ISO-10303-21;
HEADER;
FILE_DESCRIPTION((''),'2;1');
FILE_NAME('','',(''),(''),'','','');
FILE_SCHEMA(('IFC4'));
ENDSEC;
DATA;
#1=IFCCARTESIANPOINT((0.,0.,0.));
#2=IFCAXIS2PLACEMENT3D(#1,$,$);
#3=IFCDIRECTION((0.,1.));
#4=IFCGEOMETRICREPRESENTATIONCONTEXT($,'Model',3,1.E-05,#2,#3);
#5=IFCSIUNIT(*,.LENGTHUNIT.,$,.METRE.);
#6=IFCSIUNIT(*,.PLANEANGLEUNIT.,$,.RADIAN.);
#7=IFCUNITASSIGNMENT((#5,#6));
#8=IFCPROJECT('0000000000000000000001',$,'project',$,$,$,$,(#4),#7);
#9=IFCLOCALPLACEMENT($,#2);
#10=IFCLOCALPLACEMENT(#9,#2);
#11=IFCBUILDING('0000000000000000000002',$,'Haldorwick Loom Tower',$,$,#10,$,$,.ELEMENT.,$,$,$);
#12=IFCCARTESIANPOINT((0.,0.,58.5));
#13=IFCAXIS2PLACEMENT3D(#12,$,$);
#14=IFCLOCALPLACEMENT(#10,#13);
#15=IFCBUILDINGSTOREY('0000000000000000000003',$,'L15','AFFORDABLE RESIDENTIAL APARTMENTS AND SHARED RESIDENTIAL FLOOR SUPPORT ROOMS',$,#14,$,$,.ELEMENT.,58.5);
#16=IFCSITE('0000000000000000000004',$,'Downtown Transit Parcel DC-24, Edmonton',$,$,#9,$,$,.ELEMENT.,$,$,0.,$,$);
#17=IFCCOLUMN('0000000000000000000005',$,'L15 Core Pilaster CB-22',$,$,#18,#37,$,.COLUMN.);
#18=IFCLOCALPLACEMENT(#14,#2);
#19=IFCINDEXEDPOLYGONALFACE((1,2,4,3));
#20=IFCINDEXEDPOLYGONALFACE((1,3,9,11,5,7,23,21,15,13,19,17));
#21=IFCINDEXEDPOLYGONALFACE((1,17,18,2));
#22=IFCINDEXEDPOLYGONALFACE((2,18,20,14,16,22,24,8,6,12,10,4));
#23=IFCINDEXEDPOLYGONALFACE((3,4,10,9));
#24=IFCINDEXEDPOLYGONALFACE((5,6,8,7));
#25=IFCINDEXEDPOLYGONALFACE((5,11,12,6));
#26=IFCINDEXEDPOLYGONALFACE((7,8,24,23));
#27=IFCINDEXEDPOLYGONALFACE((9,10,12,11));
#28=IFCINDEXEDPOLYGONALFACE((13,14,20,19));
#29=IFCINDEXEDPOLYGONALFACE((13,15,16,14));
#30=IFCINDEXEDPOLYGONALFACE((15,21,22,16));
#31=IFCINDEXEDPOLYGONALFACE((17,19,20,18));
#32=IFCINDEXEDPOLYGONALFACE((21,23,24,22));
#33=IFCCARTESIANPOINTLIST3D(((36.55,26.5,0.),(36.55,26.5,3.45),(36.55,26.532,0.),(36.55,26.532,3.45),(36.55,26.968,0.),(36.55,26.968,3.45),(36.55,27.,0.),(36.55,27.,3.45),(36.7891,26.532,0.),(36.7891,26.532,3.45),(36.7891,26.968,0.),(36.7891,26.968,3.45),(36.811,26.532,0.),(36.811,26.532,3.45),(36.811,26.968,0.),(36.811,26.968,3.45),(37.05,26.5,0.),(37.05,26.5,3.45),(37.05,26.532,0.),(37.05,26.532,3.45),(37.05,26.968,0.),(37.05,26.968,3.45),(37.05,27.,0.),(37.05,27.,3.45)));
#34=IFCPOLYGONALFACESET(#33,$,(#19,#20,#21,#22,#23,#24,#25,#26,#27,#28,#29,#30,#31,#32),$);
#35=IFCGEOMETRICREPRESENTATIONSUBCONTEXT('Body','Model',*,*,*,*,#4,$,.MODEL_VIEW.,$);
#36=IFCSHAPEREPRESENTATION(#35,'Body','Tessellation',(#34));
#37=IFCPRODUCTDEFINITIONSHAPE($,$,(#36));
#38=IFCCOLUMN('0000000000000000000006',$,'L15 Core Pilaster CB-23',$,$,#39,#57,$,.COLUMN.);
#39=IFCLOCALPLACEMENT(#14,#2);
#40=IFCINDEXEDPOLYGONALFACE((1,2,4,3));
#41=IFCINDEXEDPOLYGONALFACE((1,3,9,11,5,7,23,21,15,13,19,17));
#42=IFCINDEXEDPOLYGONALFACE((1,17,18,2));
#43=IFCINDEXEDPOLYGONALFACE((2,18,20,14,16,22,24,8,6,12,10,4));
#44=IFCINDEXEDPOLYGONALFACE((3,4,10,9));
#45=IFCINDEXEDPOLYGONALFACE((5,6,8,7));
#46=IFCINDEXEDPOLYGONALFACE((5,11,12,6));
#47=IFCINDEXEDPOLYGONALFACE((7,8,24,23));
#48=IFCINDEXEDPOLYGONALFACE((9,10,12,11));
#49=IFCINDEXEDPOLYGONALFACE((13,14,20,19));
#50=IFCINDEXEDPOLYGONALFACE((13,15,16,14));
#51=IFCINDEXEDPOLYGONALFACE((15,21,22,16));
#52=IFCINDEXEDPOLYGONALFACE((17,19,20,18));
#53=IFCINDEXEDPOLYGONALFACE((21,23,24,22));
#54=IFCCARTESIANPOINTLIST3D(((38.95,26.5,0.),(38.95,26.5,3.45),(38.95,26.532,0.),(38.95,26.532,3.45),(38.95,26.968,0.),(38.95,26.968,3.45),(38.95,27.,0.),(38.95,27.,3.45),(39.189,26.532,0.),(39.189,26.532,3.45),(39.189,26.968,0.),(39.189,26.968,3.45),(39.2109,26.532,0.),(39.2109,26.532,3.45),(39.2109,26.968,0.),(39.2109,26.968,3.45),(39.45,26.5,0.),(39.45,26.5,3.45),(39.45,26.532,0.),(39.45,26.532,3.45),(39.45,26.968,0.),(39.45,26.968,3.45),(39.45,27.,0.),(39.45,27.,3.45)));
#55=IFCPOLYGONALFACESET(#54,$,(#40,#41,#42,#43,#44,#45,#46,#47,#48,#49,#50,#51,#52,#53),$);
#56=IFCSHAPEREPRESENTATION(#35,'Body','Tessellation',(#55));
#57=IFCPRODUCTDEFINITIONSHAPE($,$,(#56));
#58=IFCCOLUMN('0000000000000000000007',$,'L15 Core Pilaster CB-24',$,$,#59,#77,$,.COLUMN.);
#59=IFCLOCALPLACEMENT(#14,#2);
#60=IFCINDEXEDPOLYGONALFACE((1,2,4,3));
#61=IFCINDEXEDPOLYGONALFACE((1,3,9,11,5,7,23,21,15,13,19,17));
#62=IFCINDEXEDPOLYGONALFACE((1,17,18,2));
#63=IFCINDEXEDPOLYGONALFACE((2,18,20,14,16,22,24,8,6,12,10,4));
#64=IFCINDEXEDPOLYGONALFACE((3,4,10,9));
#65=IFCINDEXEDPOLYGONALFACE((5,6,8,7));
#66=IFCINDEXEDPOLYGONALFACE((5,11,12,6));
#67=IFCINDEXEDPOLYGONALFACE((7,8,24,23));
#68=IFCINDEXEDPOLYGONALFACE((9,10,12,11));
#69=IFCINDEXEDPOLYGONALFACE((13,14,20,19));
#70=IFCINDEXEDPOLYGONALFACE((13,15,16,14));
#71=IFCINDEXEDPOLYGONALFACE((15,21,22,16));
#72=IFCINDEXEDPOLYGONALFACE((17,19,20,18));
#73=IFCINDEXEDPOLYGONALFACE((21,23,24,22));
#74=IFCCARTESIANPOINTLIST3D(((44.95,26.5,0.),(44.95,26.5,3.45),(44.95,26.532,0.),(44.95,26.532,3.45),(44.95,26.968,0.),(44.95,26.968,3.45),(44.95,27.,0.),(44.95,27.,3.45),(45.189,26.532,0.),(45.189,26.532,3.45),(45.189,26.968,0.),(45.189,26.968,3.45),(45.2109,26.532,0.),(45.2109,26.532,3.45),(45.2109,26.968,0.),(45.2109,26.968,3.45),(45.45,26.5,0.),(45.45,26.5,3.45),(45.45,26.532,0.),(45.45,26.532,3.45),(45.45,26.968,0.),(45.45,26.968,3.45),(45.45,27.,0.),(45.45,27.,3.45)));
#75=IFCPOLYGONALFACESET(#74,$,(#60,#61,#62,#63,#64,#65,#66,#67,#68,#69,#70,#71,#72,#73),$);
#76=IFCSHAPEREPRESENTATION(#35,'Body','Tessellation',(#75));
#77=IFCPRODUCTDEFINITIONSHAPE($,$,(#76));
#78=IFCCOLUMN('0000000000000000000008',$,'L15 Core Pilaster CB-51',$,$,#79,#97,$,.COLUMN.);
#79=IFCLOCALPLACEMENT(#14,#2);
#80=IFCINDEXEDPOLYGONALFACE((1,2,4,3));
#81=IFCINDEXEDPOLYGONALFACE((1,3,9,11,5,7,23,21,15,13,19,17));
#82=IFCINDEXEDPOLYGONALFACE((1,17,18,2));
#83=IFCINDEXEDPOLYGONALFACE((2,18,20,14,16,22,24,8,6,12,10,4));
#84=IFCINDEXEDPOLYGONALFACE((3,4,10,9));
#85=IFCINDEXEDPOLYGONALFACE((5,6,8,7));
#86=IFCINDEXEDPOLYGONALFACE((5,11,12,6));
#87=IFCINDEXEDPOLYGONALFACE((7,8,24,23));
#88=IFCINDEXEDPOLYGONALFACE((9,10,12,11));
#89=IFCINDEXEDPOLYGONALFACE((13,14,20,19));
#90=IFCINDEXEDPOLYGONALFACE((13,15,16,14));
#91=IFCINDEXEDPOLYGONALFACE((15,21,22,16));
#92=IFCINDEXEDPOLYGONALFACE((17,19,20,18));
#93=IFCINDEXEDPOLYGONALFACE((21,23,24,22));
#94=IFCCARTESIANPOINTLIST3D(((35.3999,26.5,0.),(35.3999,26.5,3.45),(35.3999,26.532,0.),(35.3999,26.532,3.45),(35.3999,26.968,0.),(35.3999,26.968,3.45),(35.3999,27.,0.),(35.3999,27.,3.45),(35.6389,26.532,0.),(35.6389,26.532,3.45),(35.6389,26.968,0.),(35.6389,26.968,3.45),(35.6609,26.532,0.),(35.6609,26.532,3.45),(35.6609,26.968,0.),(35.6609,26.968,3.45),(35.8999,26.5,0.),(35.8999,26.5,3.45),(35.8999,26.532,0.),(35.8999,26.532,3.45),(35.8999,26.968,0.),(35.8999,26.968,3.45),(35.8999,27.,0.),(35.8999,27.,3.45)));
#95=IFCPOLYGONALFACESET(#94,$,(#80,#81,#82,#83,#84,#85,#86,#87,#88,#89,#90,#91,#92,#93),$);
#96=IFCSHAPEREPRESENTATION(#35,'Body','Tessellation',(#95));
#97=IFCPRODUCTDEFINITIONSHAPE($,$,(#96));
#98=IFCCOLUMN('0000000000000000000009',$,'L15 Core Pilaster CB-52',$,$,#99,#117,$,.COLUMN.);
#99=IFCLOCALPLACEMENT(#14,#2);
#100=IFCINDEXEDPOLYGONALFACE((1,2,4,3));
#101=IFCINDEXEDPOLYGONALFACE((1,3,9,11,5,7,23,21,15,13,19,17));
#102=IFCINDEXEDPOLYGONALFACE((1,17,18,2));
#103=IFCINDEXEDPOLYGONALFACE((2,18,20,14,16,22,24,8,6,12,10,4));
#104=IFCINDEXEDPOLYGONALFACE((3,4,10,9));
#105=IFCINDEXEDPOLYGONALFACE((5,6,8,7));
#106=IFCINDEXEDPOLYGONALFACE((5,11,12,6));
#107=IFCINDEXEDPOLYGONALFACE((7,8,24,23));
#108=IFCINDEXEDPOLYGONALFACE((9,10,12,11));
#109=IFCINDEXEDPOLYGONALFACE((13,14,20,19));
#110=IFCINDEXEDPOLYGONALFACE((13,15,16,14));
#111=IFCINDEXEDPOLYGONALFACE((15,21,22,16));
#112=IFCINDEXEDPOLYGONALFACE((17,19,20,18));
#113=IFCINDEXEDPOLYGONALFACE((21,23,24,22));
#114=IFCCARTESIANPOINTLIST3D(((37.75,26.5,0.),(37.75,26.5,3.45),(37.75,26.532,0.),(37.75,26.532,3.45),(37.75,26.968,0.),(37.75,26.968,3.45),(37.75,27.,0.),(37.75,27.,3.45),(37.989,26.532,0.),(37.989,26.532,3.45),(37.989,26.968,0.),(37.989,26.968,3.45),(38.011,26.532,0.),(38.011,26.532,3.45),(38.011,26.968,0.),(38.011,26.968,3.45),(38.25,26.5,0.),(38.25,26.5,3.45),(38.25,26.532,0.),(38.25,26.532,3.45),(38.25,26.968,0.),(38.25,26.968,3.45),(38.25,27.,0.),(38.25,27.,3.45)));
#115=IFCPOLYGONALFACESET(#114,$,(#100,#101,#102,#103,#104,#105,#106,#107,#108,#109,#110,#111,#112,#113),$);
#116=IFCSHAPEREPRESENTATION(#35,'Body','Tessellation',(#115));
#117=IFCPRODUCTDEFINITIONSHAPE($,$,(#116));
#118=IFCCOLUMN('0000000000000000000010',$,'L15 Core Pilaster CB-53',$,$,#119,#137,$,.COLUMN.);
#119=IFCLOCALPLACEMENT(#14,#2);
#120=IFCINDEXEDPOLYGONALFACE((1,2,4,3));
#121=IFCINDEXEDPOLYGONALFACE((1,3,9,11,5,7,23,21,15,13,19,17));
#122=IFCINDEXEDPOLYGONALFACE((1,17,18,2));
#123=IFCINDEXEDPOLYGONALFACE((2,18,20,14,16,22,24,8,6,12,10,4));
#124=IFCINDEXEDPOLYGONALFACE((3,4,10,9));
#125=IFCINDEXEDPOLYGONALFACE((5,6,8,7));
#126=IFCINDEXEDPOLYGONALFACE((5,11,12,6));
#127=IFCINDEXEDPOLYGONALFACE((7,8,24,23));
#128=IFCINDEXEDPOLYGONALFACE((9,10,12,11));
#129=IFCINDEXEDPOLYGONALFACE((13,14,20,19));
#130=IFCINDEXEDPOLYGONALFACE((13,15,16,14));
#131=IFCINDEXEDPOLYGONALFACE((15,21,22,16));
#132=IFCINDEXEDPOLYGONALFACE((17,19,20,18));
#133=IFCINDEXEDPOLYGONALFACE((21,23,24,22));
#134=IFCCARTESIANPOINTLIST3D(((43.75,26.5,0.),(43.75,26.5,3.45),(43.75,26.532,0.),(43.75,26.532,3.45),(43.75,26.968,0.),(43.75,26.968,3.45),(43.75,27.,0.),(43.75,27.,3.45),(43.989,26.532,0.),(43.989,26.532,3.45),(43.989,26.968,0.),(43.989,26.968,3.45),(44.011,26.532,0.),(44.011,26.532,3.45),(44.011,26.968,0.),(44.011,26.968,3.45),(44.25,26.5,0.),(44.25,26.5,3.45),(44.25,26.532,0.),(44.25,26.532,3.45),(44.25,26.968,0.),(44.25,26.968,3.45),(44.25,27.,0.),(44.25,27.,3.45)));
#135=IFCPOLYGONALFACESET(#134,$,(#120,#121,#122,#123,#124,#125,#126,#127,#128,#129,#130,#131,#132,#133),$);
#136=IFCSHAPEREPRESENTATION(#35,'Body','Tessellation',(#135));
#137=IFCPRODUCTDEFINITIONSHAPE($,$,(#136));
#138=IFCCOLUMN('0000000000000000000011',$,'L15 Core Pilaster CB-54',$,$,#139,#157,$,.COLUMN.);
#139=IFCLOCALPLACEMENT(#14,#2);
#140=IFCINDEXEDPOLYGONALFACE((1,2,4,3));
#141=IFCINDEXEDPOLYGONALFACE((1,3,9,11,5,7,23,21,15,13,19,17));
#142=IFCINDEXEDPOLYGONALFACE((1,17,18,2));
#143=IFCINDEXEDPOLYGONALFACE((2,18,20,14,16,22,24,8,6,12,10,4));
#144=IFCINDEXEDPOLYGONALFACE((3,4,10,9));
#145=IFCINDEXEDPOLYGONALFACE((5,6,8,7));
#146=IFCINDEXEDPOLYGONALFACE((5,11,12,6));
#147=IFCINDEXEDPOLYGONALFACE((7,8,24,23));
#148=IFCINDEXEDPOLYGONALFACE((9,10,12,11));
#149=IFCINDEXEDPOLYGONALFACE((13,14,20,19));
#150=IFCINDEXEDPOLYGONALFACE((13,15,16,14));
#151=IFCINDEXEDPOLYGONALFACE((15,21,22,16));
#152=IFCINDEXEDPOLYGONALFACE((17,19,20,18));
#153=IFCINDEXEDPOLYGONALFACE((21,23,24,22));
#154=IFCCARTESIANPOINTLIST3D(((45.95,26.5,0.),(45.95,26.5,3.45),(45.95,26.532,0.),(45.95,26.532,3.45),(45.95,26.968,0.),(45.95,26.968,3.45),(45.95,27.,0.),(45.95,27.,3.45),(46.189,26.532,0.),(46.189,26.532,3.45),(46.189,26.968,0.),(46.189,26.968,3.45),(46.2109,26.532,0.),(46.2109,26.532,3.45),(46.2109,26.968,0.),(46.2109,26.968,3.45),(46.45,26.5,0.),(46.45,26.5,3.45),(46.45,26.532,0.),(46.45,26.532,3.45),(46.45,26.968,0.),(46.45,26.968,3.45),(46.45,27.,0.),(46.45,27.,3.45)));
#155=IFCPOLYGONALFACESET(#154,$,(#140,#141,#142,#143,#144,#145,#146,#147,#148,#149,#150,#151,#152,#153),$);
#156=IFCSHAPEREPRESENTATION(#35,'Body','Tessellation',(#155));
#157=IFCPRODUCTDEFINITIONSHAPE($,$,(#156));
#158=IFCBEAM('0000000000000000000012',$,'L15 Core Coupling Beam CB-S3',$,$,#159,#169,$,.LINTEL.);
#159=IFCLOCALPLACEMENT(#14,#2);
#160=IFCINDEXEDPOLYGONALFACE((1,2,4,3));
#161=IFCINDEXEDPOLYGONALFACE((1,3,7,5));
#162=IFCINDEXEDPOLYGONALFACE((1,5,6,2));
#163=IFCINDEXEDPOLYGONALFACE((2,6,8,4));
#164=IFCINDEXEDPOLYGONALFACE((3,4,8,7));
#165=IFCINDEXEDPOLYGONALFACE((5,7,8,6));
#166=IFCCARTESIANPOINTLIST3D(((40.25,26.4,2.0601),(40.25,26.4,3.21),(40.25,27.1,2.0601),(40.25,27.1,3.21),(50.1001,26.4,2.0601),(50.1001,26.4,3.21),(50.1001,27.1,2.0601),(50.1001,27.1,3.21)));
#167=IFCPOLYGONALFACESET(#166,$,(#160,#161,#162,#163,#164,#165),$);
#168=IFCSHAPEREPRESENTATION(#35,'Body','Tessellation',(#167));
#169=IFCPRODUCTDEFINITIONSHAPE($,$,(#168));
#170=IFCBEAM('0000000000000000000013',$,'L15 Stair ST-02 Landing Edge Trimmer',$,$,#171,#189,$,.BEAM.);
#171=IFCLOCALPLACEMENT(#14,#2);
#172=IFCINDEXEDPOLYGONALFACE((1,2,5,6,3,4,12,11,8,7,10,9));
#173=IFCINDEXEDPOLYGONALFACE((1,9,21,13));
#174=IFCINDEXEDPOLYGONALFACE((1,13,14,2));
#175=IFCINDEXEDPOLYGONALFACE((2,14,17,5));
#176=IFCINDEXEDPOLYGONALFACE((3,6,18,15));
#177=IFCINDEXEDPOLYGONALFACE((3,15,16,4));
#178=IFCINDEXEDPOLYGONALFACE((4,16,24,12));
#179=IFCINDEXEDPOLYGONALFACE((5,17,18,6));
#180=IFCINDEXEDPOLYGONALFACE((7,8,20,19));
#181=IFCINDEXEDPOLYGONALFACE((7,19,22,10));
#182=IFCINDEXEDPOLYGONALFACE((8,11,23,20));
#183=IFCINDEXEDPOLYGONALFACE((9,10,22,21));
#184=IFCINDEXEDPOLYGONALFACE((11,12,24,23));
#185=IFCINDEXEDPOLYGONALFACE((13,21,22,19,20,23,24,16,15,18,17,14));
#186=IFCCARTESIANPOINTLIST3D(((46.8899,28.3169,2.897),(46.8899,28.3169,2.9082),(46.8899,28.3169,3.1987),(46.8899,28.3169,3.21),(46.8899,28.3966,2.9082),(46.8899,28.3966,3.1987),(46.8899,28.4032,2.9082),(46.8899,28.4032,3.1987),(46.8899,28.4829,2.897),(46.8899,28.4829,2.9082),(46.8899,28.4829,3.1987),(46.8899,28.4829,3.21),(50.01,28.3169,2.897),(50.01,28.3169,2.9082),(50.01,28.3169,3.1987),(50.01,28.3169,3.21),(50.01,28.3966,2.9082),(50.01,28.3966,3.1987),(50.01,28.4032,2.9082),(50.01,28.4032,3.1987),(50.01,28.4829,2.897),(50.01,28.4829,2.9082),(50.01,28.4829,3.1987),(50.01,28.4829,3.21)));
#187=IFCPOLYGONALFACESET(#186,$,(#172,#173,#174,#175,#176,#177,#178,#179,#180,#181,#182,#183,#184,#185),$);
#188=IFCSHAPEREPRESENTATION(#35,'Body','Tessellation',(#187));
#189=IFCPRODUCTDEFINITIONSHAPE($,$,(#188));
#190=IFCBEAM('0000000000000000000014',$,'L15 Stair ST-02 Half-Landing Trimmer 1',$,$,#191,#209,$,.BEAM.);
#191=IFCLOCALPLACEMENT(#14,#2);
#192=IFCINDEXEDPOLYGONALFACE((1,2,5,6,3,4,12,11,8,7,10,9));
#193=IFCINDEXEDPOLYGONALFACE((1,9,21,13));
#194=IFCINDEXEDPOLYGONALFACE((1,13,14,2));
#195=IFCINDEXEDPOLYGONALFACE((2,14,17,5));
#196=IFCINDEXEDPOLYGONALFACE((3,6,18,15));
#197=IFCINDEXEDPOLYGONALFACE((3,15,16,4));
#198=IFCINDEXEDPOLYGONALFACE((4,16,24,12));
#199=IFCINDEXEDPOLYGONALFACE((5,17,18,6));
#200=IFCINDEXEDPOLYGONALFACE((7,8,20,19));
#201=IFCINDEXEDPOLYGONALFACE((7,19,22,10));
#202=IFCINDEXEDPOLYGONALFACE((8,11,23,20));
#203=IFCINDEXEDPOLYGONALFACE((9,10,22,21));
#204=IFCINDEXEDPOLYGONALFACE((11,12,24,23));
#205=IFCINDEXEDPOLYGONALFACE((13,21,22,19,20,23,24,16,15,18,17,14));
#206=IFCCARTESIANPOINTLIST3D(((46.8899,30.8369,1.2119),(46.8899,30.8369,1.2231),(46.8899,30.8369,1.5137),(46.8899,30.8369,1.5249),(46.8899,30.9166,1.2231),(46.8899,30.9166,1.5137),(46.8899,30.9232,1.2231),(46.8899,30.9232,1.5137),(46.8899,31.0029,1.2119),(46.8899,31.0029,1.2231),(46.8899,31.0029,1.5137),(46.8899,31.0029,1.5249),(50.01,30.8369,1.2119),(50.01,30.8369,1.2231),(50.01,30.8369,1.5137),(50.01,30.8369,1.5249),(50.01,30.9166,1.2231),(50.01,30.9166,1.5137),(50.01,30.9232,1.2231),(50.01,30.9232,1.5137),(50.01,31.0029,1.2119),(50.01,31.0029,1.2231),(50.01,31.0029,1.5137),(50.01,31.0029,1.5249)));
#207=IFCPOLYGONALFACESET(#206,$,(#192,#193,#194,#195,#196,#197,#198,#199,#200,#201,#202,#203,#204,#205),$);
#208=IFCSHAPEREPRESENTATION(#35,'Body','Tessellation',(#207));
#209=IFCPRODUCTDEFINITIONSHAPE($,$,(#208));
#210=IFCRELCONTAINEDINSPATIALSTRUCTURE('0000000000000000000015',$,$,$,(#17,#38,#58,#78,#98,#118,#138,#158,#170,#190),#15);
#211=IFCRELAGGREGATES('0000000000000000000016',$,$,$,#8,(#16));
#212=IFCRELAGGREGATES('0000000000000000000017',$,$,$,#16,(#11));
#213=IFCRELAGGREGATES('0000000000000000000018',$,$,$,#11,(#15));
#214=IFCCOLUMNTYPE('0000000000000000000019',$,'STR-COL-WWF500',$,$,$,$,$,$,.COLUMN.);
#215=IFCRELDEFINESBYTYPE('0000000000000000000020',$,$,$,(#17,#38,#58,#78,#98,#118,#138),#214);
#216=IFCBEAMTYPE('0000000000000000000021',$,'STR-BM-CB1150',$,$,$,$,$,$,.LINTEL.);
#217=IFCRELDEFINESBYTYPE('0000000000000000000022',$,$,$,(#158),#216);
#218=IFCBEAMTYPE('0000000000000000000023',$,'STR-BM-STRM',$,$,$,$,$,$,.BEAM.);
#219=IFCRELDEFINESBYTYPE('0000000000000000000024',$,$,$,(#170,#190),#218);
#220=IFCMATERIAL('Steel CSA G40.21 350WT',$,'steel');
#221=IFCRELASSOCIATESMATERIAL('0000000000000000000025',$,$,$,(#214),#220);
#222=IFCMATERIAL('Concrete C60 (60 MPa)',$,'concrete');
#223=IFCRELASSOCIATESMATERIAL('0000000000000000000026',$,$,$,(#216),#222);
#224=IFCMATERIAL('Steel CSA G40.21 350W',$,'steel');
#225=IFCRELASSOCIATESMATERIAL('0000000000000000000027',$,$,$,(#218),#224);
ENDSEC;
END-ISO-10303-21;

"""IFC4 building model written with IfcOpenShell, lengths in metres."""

from ifc_helpers import new_model, si_unit, direction, frame, origin, origin_2d, place, context, subcontext, project, spatial, rectangle, i_section, extrude, material, material_profile, profile_set, type_object, element, save


model = new_model("IFC4")

# Units and contexts
model_context = context("Model", 3, precision=1e-05, world=origin(), true_north=direction((0.0, 1.0)))
body_context = subcontext(model_context, "Body", "Model", "MODEL_VIEW")
ifc_project = project(units=[si_unit("LENGTHUNIT", "METRE"), si_unit("PLANEANGLEUNIT", "RADIAN")], contexts=[model_context])

# Site, building, storey
site_placement = place(None, origin())
site = spatial("IfcSite", under=ifc_project, at=site_placement, Name="Downtown Transit Parcel DC-24, Edmonton", CompositionType="ELEMENT", RefElevation=0.0)
building_placement = place(site_placement, origin())
building = spatial("IfcBuilding", under=site, at=building_placement, Name="Haldorwick Loom Tower", CompositionType="ELEMENT")
storey_placement = place(building_placement, frame((0.0, 0.0, 58.5)))
storey = spatial("IfcBuildingStorey", under=building, at=storey_placement, Name="L15", Description="AFFORDABLE RESIDENTIAL APARTMENTS AND SHARED RESIDENTIAL FLOOR SUPPORT ROOMS", CompositionType="ELEMENT", Elevation=58.5)

# Columns
ifc_material_1 = material(Name="Steel CSA G40.21 350WT", Category="steel")
ifc_material_profile_1 = material_profile(ifc_material_1, i_section(OverallWidth=0.5, OverallDepth=0.5, WebThickness=0.022, FlangeThickness=0.032, at=origin_2d()), Name="WWF500X500", Category="steel")
ifc_profile_set_1 = profile_set([ifc_material_profile_1], Name="Steel CSA G40.21 350WT")
column_type = type_object("IfcColumnType", Name="STR-COL-WWF500", PredefinedType="COLUMN", material=ifc_profile_set_1)
for number, where, z_axis, x_axis, name in (
    (1, (36.8, 26.75, 0.0), (0.0, 0.0, 1.0), (1.0, 0.0, 0.0), "L15 Core Pilaster CB-22"),
    (2, (39.2, 26.75, 0.0), (0.0, 0.0, 1.0), (1.0, 0.0, 0.0), "L15 Core Pilaster CB-23"),
    (3, (45.2, 26.75, 0.0), (0.0, 0.0, 1.0), (1.0, 0.0, 0.0), "L15 Core Pilaster CB-24"),
    (4, (35.6499, 26.75, 0.0), (0.0, 0.0, 1.0), (1.0, 0.0, 0.0), "L15 Core Pilaster CB-51"),
    (5, (38.0, 26.75, 0.0), (0.0, 0.0, 1.0), (1.0, 0.0, 0.0), "L15 Core Pilaster CB-52"),
    (6, (44.0, 26.75, 0.0), (0.0, 0.0, 1.0), (1.0, 0.0, 0.0), "L15 Core Pilaster CB-53"),
    (7, (46.2, 26.75, 0.0), (0.0, 0.0, 1.0), (1.0, 0.0, 0.0), "L15 Core Pilaster CB-54"),
):
    element("IfcColumn", number, at=place(storey_placement, frame(where, z_axis=z_axis, x_axis=x_axis)), inside=storey, type_object=column_type, Name=name, PredefinedType="COLUMN", context=body_context, shape_type="SweptSolid", body=[
        extrude(i_section(OverallWidth=0.5, OverallDepth=0.5, WebThickness=0.022, FlangeThickness=0.032, at=origin_2d()), origin(), (0.0, 0.0, 1.0), 3.45),
    ])

# Beams
ifc_material_2 = material(Name="Concrete C60 (60 MPa)", Category="concrete")
ifc_material_profile_2 = material_profile(ifc_material_2, rectangle(XDim=0.7, YDim=1.1499, at=origin_2d()), Name="RC700X1150", Category="concrete")
ifc_profile_set_2 = profile_set([ifc_material_profile_2], Name="Concrete C60 (60 MPa)")
beam_type_1 = type_object("IfcBeamType", Name="STR-BM-CB1150", PredefinedType="LINTEL", material=ifc_profile_set_2)
beam_placement = place(storey_placement, frame((40.25, 26.75, 2.635), z_axis=(1.0, 0.0, 0.0), x_axis=(0.0, 1.0, 0.0)))
element("IfcBeam", 8, at=beam_placement, inside=storey, type_object=beam_type_1, Name="L15 Core Coupling Beam CB-S3", PredefinedType="LINTEL", context=body_context, shape_type="SweptSolid", body=[
    extrude(rectangle(XDim=0.7, YDim=1.1499, at=origin_2d()), origin(), (0.0, 0.0, 1.0), 9.8501),
])
ifc_material_3 = material(Name="Steel CSA G40.21 350W", Category="steel")
ifc_material_profile_3 = material_profile(ifc_material_3, i_section(OverallWidth=0.166, OverallDepth=0.313, WebThickness=0.0066, FlangeThickness=0.0112, at=origin_2d()), Name="W310X45", Category="steel")
ifc_profile_set_3 = profile_set([ifc_material_profile_3], Name="Steel CSA G40.21 350W")
beam_type_2 = type_object("IfcBeamType", Name="STR-BM-STRM", PredefinedType="BEAM", material=ifc_profile_set_3)
for number, where, z_axis, x_axis, name in (
    (9, (46.8899, 28.3999, 3.0535), (1.0, 0.0, 0.0), (0.0, 1.0, 0.0), "L15 Stair ST-02 Landing Edge Trimmer"),
    (10, (46.8899, 30.9199, 1.3684), (1.0, 0.0, 0.0), (0.0, 1.0, 0.0), "L15 Stair ST-02 Half-Landing Trimmer 1"),
):
    element("IfcBeam", number, at=place(storey_placement, frame(where, z_axis=z_axis, x_axis=x_axis)), inside=storey, type_object=beam_type_2, Name=name, PredefinedType="BEAM", context=body_context, shape_type="SweptSolid", body=[
        extrude(i_section(OverallWidth=0.166, OverallDepth=0.313, WebThickness=0.0066, FlangeThickness=0.0112, at=origin_2d()), origin(), (0.0, 0.0, 1.0), 3.1201),
    ])

save(model, "model.ifc")
